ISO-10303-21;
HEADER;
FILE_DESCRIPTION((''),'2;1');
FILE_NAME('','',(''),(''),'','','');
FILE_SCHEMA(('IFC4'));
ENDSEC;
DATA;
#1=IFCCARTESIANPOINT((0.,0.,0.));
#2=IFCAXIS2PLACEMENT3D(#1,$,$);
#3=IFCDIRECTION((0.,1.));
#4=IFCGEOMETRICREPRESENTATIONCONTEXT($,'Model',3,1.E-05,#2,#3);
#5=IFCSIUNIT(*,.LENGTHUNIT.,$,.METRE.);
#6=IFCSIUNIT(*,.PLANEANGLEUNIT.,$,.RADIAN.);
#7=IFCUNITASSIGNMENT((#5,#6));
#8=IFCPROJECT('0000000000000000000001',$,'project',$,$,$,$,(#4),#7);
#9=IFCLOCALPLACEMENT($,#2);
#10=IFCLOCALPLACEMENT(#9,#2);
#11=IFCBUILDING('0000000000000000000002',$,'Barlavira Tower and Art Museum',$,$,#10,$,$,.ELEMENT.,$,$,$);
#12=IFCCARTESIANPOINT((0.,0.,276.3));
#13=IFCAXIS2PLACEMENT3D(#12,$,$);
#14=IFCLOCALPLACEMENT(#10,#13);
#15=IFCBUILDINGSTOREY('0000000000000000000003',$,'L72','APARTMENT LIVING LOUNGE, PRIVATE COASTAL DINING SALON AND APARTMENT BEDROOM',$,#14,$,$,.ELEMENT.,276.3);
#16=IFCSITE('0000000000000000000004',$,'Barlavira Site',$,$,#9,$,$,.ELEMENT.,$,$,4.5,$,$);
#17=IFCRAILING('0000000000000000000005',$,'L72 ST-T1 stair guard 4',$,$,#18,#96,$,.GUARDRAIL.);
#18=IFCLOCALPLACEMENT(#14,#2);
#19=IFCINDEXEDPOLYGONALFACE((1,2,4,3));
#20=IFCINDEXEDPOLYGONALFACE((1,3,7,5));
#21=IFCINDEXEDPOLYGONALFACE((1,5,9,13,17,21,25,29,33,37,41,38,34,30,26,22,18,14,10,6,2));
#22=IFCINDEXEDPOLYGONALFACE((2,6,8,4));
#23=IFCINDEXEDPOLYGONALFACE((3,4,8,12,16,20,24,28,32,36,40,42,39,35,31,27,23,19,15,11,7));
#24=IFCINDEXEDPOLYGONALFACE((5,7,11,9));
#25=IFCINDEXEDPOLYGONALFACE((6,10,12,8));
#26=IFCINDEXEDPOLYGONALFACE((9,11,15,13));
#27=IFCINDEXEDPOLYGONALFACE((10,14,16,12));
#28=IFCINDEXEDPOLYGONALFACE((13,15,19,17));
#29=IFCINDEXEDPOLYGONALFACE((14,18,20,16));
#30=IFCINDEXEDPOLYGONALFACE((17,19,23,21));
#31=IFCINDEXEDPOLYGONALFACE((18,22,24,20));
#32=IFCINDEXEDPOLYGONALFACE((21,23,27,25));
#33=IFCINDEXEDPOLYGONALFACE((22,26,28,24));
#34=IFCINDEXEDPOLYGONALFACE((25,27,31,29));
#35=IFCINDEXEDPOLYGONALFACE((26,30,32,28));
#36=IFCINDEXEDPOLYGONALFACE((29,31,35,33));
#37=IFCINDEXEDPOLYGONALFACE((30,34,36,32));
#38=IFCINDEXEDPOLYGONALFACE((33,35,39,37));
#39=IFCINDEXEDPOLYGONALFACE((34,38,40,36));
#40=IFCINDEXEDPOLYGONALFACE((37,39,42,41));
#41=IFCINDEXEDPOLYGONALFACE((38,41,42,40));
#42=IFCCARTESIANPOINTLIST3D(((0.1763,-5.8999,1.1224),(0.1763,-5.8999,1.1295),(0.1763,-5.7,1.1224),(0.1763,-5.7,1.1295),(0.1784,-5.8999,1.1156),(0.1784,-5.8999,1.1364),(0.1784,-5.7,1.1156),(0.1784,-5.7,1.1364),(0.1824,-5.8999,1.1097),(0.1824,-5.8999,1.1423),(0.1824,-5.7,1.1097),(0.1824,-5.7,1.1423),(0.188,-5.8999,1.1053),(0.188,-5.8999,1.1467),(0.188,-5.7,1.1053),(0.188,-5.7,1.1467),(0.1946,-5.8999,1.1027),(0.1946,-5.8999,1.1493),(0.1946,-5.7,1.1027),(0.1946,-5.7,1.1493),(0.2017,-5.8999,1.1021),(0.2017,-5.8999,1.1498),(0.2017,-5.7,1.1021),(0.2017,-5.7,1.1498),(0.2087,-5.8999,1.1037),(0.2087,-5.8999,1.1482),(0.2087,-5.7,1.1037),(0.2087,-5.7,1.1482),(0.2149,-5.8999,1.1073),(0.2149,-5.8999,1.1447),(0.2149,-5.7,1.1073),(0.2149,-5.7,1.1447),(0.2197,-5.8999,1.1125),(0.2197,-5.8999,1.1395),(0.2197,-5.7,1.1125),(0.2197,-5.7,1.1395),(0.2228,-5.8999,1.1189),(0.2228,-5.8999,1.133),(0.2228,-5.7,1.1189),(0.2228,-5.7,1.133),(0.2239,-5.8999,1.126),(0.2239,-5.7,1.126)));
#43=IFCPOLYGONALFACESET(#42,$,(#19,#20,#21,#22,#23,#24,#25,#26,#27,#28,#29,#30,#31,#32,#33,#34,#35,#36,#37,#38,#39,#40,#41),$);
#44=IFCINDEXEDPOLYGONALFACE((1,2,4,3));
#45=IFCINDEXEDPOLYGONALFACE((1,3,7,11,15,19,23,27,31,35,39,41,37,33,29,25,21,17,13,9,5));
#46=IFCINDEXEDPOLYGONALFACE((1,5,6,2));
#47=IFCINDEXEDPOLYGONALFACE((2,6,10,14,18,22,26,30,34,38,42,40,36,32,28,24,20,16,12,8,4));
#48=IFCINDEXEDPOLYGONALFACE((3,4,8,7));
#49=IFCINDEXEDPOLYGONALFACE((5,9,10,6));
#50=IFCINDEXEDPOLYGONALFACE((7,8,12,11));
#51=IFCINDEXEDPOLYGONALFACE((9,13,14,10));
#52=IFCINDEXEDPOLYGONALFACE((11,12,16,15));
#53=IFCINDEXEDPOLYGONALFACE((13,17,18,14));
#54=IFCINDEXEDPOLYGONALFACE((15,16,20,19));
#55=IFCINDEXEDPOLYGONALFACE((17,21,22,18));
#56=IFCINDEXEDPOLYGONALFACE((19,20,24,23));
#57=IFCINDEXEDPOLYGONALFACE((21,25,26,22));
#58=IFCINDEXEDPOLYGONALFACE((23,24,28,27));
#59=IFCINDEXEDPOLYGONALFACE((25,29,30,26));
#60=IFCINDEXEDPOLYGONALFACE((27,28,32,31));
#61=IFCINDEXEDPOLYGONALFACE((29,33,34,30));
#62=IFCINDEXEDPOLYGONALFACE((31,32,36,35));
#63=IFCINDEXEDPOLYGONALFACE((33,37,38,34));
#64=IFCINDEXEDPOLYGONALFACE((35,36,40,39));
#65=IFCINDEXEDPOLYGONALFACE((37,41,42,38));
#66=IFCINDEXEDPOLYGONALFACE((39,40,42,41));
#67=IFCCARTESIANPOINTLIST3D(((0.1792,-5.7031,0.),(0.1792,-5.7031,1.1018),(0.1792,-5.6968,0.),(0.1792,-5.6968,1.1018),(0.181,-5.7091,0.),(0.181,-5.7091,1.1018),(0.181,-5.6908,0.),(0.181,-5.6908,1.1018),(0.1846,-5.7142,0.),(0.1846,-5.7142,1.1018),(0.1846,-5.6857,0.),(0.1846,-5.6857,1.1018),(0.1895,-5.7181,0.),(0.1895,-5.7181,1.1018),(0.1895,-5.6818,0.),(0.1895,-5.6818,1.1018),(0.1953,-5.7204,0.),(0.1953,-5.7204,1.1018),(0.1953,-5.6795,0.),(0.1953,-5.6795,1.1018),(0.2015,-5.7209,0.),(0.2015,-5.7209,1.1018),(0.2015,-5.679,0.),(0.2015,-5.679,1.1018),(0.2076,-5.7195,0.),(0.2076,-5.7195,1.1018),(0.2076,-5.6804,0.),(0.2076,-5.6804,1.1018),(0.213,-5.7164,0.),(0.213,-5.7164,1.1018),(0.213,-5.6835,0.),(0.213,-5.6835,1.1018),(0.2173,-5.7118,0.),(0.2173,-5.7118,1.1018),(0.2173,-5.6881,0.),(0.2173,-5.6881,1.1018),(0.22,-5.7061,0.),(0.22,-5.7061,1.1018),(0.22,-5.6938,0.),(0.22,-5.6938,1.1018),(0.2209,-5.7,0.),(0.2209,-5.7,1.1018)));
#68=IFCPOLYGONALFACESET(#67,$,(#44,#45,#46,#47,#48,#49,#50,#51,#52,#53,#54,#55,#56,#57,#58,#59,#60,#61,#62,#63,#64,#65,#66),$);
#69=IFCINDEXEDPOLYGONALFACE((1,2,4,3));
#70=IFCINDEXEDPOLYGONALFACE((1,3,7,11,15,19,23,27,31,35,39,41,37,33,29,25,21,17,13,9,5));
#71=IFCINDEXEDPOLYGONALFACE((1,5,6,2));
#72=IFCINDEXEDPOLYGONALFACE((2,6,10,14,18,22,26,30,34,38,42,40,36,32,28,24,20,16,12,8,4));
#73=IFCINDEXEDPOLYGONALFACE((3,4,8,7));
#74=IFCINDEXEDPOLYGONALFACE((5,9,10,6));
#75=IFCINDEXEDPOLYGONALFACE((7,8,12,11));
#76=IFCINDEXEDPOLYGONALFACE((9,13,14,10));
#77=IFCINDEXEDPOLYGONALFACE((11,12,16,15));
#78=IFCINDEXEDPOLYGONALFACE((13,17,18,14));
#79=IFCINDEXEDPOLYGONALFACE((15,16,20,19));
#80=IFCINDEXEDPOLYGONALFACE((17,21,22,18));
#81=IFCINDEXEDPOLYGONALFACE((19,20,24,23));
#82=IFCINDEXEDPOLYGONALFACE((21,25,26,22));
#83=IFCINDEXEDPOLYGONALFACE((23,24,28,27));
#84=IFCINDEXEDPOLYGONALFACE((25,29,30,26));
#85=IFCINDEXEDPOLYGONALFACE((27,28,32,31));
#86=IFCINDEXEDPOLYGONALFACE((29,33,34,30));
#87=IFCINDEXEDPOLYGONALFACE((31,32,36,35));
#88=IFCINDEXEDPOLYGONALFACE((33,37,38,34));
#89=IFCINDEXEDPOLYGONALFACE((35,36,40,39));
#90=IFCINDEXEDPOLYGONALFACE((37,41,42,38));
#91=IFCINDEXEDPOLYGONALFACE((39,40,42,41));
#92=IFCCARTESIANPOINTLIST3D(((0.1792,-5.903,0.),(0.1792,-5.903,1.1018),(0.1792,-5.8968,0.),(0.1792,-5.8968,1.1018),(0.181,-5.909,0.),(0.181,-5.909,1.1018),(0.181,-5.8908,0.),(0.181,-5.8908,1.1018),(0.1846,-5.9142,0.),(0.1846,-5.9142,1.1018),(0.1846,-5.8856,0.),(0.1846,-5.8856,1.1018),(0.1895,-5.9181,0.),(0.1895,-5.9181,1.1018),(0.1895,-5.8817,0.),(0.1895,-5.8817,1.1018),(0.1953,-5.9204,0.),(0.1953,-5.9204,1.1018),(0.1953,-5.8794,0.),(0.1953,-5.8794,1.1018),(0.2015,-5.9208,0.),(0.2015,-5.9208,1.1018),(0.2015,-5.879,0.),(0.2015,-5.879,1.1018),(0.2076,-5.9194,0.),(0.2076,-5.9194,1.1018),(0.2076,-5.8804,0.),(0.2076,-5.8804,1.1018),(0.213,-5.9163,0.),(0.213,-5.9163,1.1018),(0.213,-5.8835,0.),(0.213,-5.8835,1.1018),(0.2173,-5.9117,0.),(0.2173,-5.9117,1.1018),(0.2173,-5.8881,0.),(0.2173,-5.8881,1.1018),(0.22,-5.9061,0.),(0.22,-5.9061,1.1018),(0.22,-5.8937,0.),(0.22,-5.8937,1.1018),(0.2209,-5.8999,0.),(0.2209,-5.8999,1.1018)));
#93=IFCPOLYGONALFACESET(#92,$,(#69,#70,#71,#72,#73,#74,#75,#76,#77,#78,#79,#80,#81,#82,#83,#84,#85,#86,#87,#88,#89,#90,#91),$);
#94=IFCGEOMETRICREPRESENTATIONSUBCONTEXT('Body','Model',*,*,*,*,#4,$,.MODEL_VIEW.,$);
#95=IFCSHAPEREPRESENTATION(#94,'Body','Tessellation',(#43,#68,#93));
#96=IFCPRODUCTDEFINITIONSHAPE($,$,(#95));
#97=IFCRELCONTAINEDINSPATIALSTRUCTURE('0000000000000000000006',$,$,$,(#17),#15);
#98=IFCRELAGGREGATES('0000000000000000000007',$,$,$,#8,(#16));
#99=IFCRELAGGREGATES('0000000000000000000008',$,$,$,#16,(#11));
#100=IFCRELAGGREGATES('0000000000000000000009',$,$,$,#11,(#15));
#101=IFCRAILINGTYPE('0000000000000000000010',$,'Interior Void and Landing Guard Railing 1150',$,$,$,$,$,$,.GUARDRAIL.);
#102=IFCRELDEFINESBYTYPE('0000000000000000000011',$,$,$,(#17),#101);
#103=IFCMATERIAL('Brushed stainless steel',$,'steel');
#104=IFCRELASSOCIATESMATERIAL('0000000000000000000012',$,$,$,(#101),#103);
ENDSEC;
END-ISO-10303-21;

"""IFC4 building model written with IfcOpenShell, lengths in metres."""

from ifc_helpers import new_model, si_unit, direction, frame, origin, origin_2d, place, context, subcontext, project, spatial, circle, extrude, material, type_object, element, save


model = new_model("IFC4")

# Units and contexts
model_context = context("Model", 3, precision=1e-05, world=origin(), true_north=direction((0.0, 1.0)))
body_context = subcontext(model_context, "Body", "Model", "MODEL_VIEW")
ifc_project = project(units=[si_unit("LENGTHUNIT", "METRE"), si_unit("PLANEANGLEUNIT", "RADIAN")], contexts=[model_context])

# Site, building, storey
site_placement = place(None, origin())
site = spatial("IfcSite", under=ifc_project, at=site_placement, Name="Barlavira Site", CompositionType="ELEMENT", RefElevation=4.5)
building_placement = place(site_placement, origin())
building = spatial("IfcBuilding", under=site, at=building_placement, Name="Barlavira Tower and Art Museum", CompositionType="ELEMENT")
storey_placement = place(building_placement, frame((0.0, 0.0, 276.3)))
storey = spatial("IfcBuildingStorey", under=building, at=storey_placement, Name="L72", Description="APARTMENT LIVING LOUNGE, PRIVATE COASTAL DINING SALON AND APARTMENT BEDROOM", CompositionType="ELEMENT", Elevation=276.3)

# Shared definitions
ifc_material_1 = material(Name="Brushed stainless steel", Category="steel")

# Railing
railing_type_1 = type_object("IfcRailingType", Name="Interior Void and Landing Guard Railing 1150", PredefinedType="GUARDRAIL", material=ifc_material_1)
railing_1_placement = place(storey_placement, frame((0.2, -5.7, 0.0)))
element("IfcRailing", 1, at=railing_1_placement, inside=storey, type_object=railing_type_1, Name="L72 ST-T1 stair guard 4", PredefinedType="GUARDRAIL", context=body_context, shape_type="SweptSolid", body=[
    extrude(circle(Radius=0.0239, at=origin_2d()), frame((0.0, 0.0, 1.126), z_axis=(0.0, -1.0, 0.0), x_axis=(1.0, 0.0, 0.0)), (0.0, 0.0, 1.0), 0.2),
    extrude(circle(Radius=0.021, at=origin_2d()), origin(), (0.0, 0.0, 1.0), 1.1018),
    extrude(circle(Radius=0.021, at=origin_2d()), frame((0.0, -0.2, 0.0)), (0.0, 0.0, 1.0), 1.1018),
])

save(model, "model.ifc")
